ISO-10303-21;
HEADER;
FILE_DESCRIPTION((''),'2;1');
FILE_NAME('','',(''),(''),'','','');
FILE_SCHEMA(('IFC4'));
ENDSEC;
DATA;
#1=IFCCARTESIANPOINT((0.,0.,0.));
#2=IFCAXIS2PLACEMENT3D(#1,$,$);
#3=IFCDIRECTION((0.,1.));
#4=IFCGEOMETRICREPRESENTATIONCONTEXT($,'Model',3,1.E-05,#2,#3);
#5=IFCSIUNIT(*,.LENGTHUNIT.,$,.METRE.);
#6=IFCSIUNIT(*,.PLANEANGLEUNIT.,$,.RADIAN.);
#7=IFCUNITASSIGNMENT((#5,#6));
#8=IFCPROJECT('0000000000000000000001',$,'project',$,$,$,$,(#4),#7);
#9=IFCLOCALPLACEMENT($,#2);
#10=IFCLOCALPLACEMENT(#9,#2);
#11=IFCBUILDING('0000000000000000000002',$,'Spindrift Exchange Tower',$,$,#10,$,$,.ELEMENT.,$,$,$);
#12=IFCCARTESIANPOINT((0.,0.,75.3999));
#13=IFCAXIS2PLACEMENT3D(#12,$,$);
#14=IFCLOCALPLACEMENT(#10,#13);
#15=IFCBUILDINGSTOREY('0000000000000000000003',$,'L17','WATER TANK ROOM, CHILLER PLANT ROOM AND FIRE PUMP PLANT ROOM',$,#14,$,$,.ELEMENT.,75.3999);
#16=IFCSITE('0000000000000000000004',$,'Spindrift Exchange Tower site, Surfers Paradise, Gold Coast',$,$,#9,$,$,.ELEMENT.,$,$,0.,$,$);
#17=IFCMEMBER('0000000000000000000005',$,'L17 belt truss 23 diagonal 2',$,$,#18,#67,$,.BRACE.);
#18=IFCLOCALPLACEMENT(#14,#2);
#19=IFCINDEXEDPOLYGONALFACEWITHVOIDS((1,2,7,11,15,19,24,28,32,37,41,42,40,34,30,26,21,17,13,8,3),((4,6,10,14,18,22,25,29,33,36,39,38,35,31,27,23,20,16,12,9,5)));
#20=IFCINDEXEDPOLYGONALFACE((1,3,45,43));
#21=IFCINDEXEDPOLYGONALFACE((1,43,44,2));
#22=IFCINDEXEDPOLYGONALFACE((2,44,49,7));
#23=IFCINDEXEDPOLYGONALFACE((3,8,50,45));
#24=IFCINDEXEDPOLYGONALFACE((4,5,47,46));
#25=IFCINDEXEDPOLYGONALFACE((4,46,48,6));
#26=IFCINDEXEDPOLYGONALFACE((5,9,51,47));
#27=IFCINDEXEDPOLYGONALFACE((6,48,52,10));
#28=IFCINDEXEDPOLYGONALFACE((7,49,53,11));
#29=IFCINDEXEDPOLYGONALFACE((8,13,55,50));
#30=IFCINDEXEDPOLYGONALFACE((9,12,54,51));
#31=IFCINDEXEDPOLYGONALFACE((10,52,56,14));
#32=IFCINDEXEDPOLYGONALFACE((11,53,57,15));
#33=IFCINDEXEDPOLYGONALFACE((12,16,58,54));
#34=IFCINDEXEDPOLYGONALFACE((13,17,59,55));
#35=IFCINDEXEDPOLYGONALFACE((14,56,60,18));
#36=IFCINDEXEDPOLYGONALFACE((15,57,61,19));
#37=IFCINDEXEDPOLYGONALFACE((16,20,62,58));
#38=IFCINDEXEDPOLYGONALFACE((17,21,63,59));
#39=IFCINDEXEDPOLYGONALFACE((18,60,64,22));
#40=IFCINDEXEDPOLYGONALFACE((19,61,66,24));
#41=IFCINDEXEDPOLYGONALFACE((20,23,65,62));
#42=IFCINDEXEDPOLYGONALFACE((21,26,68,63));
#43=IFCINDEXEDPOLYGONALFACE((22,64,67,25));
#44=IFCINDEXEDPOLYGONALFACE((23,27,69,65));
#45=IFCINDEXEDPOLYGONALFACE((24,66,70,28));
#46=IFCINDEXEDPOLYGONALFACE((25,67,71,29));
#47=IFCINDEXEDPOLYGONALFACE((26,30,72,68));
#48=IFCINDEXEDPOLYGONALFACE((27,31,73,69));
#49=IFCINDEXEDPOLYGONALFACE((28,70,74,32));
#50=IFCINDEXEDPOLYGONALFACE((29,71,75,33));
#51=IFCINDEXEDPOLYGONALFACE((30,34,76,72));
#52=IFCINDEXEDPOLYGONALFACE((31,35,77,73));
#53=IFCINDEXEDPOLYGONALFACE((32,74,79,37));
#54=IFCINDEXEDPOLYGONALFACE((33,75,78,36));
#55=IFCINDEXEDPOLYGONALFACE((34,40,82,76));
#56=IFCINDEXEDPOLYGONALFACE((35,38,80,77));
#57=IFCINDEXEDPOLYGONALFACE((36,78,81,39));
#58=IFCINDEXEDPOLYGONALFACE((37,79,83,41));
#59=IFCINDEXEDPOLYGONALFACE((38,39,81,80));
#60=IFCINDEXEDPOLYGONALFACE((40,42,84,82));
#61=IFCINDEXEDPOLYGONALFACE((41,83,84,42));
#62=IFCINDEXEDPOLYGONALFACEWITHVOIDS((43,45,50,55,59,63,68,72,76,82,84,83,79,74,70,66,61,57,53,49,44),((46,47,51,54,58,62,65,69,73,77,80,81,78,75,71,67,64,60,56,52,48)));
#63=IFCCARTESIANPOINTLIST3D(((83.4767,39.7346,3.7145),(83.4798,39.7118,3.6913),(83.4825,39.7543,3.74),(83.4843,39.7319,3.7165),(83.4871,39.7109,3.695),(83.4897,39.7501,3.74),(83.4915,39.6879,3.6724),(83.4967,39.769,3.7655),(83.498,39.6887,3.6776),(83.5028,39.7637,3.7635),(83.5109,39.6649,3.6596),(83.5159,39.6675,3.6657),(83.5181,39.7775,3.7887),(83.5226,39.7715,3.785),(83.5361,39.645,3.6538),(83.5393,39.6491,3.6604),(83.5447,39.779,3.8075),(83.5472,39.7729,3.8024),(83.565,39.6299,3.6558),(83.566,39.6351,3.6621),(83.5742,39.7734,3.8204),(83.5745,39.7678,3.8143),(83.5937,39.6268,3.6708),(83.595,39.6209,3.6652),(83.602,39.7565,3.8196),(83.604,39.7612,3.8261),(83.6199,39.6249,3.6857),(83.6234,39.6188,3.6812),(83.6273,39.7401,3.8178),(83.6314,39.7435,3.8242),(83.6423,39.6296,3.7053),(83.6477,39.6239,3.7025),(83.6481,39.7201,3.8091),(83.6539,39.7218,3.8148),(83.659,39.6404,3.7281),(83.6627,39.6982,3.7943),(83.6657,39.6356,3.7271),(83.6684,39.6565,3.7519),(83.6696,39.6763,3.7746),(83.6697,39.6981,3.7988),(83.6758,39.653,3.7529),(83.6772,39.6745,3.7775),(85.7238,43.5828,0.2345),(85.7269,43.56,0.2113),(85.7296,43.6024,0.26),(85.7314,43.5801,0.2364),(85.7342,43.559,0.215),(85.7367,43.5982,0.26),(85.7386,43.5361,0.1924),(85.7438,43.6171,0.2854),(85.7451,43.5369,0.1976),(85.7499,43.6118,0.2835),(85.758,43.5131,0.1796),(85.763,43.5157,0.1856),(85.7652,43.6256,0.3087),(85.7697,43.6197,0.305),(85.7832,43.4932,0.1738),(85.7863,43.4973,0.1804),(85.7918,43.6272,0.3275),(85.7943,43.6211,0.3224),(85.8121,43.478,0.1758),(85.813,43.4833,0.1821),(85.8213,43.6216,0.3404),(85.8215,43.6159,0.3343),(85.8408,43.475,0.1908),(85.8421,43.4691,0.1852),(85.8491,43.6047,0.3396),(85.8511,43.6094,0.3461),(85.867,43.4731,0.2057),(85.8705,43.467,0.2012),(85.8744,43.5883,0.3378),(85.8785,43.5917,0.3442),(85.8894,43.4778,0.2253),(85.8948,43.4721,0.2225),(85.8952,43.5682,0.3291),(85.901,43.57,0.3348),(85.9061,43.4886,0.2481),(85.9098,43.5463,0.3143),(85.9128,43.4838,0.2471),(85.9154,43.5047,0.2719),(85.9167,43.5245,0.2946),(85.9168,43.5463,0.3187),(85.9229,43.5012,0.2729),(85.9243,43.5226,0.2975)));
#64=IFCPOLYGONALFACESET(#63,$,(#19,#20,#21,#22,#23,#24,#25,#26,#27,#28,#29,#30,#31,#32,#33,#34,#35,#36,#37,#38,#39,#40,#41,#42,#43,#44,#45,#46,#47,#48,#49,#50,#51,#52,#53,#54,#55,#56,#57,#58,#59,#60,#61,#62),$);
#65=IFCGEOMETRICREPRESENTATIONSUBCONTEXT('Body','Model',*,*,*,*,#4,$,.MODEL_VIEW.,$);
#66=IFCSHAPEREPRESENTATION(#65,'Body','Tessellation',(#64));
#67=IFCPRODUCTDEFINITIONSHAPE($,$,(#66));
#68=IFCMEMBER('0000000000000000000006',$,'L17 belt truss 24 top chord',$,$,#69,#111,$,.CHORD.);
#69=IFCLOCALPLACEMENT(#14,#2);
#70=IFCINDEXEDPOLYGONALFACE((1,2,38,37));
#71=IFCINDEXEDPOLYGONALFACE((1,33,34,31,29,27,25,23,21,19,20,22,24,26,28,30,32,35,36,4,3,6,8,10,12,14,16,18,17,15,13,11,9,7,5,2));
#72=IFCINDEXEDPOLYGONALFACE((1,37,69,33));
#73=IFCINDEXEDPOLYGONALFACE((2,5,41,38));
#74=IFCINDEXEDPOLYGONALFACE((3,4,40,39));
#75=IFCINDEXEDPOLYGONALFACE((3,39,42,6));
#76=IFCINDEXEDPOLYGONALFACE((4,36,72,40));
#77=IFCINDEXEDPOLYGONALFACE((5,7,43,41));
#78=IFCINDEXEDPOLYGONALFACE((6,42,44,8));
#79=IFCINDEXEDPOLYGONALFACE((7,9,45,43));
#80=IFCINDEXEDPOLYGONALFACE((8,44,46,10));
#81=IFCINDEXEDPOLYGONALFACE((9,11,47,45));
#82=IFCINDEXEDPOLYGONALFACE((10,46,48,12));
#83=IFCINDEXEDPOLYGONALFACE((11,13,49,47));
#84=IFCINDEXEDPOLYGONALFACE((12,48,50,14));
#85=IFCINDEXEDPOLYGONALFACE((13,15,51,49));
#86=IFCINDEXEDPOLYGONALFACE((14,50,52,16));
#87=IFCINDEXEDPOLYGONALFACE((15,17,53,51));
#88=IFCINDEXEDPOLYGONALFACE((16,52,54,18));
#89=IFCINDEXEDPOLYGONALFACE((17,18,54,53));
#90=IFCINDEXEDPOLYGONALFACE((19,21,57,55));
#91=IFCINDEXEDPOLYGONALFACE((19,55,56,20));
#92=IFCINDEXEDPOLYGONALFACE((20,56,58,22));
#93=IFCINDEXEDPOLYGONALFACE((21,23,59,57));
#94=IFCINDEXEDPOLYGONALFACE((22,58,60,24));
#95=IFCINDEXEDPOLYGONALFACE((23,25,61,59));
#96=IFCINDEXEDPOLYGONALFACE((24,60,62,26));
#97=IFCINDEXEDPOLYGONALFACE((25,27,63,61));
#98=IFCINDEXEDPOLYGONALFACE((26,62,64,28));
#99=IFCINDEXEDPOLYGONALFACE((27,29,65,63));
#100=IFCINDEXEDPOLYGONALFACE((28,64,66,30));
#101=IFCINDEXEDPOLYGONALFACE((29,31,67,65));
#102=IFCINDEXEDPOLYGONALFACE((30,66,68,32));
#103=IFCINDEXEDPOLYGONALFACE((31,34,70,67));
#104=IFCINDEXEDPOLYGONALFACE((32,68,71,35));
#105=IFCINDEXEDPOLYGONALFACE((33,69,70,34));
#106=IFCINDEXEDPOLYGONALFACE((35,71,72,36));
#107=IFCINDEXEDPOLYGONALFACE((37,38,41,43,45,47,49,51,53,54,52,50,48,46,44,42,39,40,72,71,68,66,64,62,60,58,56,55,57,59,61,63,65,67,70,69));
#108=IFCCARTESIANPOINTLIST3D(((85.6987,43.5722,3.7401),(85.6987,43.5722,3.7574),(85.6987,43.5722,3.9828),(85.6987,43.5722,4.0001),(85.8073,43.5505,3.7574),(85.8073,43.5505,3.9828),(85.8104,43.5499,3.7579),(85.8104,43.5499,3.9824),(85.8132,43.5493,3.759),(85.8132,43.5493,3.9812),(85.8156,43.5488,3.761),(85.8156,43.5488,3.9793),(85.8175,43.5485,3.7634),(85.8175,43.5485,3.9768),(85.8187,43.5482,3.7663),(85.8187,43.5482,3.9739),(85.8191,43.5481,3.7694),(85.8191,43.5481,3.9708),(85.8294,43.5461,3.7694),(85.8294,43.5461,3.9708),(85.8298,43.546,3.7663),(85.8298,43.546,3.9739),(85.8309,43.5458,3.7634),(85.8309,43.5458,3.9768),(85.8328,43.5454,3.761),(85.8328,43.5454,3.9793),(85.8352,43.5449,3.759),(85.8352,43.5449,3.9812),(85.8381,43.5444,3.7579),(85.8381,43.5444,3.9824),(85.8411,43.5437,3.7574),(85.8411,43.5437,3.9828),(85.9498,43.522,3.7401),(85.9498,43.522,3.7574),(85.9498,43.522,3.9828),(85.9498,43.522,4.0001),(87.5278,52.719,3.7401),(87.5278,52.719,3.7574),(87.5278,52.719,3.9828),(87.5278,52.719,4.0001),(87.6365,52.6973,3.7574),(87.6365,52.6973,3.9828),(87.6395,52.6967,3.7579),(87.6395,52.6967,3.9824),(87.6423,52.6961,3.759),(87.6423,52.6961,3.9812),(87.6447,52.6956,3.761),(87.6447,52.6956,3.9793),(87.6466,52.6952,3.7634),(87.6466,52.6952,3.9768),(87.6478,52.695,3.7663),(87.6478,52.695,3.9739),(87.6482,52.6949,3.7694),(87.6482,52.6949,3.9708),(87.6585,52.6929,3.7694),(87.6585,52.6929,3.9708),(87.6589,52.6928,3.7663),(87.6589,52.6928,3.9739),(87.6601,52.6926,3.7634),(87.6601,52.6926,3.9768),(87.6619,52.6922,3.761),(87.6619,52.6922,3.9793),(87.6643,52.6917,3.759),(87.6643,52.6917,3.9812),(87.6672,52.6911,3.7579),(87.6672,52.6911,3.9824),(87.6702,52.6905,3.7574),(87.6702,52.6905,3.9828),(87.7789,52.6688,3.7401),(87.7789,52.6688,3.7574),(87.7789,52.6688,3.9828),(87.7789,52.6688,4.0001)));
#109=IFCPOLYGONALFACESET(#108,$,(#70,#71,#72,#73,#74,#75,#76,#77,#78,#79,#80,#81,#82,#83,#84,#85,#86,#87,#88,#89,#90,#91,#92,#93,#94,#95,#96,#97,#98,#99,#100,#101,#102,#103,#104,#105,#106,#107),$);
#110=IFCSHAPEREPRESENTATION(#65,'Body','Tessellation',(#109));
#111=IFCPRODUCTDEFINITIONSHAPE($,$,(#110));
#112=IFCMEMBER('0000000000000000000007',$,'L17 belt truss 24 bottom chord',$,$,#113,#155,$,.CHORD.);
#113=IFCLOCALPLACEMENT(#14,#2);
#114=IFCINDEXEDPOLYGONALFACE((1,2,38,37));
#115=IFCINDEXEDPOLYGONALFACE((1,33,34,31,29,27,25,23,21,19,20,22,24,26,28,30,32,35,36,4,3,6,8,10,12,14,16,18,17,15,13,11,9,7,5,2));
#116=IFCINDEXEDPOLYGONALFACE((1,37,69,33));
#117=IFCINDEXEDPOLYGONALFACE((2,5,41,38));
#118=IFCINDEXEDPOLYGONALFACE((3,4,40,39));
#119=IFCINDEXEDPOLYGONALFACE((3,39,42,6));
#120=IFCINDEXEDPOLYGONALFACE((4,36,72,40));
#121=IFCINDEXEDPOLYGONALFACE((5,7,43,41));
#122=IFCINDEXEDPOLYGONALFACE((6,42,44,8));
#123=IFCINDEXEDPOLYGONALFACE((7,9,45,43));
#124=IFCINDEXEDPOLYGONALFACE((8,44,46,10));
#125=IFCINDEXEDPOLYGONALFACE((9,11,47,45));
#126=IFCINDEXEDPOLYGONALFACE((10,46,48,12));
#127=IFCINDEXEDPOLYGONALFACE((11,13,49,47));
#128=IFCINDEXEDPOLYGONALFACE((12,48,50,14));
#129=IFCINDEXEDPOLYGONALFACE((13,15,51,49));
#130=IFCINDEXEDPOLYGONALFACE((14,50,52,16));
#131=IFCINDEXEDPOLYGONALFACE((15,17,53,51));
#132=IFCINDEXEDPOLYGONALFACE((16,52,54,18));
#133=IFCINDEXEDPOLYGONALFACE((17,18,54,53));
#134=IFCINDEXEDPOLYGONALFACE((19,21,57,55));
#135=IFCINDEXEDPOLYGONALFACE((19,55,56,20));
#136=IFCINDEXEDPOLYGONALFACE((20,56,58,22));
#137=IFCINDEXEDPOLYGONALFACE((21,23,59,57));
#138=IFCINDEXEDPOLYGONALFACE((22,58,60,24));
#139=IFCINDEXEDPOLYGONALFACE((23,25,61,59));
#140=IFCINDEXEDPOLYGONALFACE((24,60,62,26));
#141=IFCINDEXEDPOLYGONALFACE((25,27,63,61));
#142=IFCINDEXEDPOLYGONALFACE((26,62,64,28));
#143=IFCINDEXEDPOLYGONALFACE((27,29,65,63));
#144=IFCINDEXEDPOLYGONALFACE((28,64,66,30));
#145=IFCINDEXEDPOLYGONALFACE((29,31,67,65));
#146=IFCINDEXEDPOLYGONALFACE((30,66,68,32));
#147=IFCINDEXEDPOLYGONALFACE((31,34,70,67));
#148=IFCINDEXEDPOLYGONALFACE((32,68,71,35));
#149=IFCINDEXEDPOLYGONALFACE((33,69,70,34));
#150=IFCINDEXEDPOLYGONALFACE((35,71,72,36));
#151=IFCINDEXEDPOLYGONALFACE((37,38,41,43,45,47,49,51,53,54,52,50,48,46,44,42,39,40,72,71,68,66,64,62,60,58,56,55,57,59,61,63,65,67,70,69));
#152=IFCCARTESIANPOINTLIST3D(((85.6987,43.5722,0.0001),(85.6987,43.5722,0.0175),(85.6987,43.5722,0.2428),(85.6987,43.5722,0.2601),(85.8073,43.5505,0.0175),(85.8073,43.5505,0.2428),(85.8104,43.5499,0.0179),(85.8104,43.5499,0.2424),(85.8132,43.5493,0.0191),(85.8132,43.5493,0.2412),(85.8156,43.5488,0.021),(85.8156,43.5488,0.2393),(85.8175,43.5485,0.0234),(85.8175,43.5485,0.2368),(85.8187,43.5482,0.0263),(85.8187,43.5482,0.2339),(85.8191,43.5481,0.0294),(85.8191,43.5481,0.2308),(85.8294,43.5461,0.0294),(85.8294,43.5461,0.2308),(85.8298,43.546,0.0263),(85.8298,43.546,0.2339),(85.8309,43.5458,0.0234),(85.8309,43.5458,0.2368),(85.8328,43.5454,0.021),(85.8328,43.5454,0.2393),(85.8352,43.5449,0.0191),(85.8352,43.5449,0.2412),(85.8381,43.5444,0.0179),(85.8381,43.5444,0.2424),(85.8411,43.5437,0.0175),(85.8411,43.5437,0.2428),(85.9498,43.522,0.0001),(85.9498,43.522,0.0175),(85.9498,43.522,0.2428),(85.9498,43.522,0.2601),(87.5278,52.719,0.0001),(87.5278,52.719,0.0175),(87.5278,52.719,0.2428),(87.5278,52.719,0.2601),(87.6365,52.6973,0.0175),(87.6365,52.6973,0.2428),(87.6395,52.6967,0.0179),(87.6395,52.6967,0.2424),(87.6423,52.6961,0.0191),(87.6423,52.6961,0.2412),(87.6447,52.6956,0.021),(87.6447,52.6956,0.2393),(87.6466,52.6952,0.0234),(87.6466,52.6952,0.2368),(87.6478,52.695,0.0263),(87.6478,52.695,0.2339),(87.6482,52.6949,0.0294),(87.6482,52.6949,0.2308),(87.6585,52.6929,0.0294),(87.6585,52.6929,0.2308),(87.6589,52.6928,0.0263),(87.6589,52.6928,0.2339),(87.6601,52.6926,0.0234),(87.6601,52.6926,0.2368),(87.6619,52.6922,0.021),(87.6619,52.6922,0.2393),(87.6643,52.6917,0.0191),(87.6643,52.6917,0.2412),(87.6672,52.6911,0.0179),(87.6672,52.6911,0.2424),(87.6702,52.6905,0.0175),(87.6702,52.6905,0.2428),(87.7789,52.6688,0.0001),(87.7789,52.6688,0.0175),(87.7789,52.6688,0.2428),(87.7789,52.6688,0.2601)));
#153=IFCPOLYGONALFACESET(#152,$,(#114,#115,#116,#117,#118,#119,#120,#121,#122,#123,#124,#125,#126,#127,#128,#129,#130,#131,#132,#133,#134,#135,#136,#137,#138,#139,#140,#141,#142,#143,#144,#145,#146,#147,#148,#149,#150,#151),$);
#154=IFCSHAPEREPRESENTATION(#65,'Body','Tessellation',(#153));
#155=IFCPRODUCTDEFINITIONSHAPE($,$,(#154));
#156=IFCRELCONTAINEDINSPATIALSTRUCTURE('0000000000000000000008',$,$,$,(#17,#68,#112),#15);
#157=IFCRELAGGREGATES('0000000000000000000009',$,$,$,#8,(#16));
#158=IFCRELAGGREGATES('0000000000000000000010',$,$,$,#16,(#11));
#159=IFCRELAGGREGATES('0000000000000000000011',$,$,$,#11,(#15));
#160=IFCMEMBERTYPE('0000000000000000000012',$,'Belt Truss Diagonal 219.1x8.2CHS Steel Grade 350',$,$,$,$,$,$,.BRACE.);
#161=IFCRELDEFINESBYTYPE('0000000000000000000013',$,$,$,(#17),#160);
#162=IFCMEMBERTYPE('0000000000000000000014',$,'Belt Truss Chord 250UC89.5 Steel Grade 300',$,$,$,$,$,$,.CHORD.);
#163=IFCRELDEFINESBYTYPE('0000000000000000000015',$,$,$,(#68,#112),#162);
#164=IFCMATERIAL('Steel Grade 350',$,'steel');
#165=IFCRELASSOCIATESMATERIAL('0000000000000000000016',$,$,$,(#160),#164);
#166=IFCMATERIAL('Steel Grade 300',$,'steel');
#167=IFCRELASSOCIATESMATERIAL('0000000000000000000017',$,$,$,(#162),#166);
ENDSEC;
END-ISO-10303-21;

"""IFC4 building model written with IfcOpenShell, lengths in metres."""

from ifc_helpers import new_model, si_unit, direction, frame, origin, origin_2d, place, context, subcontext, project, spatial, hollow_circle, i_section, extrude, source, transform, mapped, material, material_profile, profile_set, type_object, element, save


model = new_model("IFC4")

# Units and contexts
model_context = context("Model", 3, precision=1e-05, world=origin(), true_north=direction((0.0, 1.0)))
body_context = subcontext(model_context, "Body", "Model", "MODEL_VIEW")
ifc_project = project(units=[si_unit("LENGTHUNIT", "METRE"), si_unit("PLANEANGLEUNIT", "RADIAN")], contexts=[model_context])

# Site, building, storey
site_placement = place(None, origin())
site = spatial("IfcSite", under=ifc_project, at=site_placement, Name="Spindrift Exchange Tower site, Surfers Paradise, Gold Coast", CompositionType="ELEMENT", RefElevation=0.0)
building_placement = place(site_placement, origin())
building = spatial("IfcBuilding", under=site, at=building_placement, Name="Spindrift Exchange Tower", CompositionType="ELEMENT")
storey_placement = place(building_placement, frame((0.0, 0.0, 75.3999)))
storey = spatial("IfcBuildingStorey", under=building, at=storey_placement, Name="L17", Description="WATER TANK ROOM, CHILLER PLANT ROOM AND FIRE PUMP PLANT ROOM", CompositionType="ELEMENT", Elevation=75.3999)

# Shared definitions
ifc_material_1 = material(Name="Steel Grade 300", Category="steel")

# Members
ifc_material_2 = material(Name="Steel Grade 350", Category="steel")
ifc_material_profile_1 = material_profile(ifc_material_2, hollow_circle(Radius=0.1096, WallThickness=0.0083, at=origin_2d()), Name="219.1x8.2CHS")
ifc_profile_set_1 = profile_set([ifc_material_profile_1], Name="Steel Grade 350")
member_type_1 = type_object("IfcMemberType", Name="Belt Truss Diagonal 219.1x8.2CHS Steel Grade 350", PredefinedType="BRACE", material=ifc_profile_set_1)
shared_shape_1 = source(origin(), body_context, "Body", "SweptSolid", [
    extrude(hollow_circle(Radius=0.1096, WallThickness=0.0083, at=origin_2d()), origin(), (0.0, 0.0, 1.0), 5.6541),
])
member_1_placement = place(storey_placement, frame((83.5771, 39.699, 3.74), z_axis=(0.39743, 0.680605, -0.615489), x_axis=(-0.863552, 0.504259, 0.0)))
element("IfcMember", 1, at=member_1_placement, inside=storey, type_object=member_type_1, Name="L17 belt truss 23 diagonal 2", PredefinedType="BRACE", context=body_context, shape_type="MappedRepresentation", body=[
    mapped(shared_shape_1, transform((0.0, 0.0, 0.0), scale=1.0)),
])
ifc_material_profile_2 = material_profile(ifc_material_1, i_section(OverallWidth=0.2561, OverallDepth=0.26, WebThickness=0.0105, FlangeThickness=0.0173, FilletRadius=0.012, at=origin_2d()), Name="250UC89.5")
ifc_profile_set_2 = profile_set([ifc_material_profile_2], Name="Steel Grade 300")
member_type_2 = type_object("IfcMemberType", Name="Belt Truss Chord 250UC89.5 Steel Grade 300", PredefinedType="CHORD", material=ifc_profile_set_2)
shared_shape_2 = source(origin(), body_context, "Body", "SweptSolid", [
    extrude(i_section(OverallWidth=0.2561, OverallDepth=0.26, WebThickness=0.0105, FlangeThickness=0.0173, FilletRadius=0.012, at=origin_2d()), origin(), (0.0, 0.0, 1.0), 9.3279),
])
for number, where, z_axis, x_axis, name in (
    (2, (85.8242, 43.5471, 3.8701), (0.196091, 0.980586, 0.0), (-0.980586, 0.196091, 0.0), "L17 belt truss 24 top chord"),
    (3, (85.8242, 43.5471, 0.1301), (0.196091, 0.980586, 0.0), (-0.980586, 0.196091, 0.0), "L17 belt truss 24 bottom chord"),
):
    element("IfcMember", number, at=place(storey_placement, frame(where, z_axis=z_axis, x_axis=x_axis)), inside=storey, type_object=member_type_2, Name=name, PredefinedType="CHORD", context=body_context, shape_type="MappedRepresentation", body=[
        mapped(shared_shape_2, transform((0.0, 0.0, 0.0), scale=1.0)),
    ])

save(model, "model.ifc")
